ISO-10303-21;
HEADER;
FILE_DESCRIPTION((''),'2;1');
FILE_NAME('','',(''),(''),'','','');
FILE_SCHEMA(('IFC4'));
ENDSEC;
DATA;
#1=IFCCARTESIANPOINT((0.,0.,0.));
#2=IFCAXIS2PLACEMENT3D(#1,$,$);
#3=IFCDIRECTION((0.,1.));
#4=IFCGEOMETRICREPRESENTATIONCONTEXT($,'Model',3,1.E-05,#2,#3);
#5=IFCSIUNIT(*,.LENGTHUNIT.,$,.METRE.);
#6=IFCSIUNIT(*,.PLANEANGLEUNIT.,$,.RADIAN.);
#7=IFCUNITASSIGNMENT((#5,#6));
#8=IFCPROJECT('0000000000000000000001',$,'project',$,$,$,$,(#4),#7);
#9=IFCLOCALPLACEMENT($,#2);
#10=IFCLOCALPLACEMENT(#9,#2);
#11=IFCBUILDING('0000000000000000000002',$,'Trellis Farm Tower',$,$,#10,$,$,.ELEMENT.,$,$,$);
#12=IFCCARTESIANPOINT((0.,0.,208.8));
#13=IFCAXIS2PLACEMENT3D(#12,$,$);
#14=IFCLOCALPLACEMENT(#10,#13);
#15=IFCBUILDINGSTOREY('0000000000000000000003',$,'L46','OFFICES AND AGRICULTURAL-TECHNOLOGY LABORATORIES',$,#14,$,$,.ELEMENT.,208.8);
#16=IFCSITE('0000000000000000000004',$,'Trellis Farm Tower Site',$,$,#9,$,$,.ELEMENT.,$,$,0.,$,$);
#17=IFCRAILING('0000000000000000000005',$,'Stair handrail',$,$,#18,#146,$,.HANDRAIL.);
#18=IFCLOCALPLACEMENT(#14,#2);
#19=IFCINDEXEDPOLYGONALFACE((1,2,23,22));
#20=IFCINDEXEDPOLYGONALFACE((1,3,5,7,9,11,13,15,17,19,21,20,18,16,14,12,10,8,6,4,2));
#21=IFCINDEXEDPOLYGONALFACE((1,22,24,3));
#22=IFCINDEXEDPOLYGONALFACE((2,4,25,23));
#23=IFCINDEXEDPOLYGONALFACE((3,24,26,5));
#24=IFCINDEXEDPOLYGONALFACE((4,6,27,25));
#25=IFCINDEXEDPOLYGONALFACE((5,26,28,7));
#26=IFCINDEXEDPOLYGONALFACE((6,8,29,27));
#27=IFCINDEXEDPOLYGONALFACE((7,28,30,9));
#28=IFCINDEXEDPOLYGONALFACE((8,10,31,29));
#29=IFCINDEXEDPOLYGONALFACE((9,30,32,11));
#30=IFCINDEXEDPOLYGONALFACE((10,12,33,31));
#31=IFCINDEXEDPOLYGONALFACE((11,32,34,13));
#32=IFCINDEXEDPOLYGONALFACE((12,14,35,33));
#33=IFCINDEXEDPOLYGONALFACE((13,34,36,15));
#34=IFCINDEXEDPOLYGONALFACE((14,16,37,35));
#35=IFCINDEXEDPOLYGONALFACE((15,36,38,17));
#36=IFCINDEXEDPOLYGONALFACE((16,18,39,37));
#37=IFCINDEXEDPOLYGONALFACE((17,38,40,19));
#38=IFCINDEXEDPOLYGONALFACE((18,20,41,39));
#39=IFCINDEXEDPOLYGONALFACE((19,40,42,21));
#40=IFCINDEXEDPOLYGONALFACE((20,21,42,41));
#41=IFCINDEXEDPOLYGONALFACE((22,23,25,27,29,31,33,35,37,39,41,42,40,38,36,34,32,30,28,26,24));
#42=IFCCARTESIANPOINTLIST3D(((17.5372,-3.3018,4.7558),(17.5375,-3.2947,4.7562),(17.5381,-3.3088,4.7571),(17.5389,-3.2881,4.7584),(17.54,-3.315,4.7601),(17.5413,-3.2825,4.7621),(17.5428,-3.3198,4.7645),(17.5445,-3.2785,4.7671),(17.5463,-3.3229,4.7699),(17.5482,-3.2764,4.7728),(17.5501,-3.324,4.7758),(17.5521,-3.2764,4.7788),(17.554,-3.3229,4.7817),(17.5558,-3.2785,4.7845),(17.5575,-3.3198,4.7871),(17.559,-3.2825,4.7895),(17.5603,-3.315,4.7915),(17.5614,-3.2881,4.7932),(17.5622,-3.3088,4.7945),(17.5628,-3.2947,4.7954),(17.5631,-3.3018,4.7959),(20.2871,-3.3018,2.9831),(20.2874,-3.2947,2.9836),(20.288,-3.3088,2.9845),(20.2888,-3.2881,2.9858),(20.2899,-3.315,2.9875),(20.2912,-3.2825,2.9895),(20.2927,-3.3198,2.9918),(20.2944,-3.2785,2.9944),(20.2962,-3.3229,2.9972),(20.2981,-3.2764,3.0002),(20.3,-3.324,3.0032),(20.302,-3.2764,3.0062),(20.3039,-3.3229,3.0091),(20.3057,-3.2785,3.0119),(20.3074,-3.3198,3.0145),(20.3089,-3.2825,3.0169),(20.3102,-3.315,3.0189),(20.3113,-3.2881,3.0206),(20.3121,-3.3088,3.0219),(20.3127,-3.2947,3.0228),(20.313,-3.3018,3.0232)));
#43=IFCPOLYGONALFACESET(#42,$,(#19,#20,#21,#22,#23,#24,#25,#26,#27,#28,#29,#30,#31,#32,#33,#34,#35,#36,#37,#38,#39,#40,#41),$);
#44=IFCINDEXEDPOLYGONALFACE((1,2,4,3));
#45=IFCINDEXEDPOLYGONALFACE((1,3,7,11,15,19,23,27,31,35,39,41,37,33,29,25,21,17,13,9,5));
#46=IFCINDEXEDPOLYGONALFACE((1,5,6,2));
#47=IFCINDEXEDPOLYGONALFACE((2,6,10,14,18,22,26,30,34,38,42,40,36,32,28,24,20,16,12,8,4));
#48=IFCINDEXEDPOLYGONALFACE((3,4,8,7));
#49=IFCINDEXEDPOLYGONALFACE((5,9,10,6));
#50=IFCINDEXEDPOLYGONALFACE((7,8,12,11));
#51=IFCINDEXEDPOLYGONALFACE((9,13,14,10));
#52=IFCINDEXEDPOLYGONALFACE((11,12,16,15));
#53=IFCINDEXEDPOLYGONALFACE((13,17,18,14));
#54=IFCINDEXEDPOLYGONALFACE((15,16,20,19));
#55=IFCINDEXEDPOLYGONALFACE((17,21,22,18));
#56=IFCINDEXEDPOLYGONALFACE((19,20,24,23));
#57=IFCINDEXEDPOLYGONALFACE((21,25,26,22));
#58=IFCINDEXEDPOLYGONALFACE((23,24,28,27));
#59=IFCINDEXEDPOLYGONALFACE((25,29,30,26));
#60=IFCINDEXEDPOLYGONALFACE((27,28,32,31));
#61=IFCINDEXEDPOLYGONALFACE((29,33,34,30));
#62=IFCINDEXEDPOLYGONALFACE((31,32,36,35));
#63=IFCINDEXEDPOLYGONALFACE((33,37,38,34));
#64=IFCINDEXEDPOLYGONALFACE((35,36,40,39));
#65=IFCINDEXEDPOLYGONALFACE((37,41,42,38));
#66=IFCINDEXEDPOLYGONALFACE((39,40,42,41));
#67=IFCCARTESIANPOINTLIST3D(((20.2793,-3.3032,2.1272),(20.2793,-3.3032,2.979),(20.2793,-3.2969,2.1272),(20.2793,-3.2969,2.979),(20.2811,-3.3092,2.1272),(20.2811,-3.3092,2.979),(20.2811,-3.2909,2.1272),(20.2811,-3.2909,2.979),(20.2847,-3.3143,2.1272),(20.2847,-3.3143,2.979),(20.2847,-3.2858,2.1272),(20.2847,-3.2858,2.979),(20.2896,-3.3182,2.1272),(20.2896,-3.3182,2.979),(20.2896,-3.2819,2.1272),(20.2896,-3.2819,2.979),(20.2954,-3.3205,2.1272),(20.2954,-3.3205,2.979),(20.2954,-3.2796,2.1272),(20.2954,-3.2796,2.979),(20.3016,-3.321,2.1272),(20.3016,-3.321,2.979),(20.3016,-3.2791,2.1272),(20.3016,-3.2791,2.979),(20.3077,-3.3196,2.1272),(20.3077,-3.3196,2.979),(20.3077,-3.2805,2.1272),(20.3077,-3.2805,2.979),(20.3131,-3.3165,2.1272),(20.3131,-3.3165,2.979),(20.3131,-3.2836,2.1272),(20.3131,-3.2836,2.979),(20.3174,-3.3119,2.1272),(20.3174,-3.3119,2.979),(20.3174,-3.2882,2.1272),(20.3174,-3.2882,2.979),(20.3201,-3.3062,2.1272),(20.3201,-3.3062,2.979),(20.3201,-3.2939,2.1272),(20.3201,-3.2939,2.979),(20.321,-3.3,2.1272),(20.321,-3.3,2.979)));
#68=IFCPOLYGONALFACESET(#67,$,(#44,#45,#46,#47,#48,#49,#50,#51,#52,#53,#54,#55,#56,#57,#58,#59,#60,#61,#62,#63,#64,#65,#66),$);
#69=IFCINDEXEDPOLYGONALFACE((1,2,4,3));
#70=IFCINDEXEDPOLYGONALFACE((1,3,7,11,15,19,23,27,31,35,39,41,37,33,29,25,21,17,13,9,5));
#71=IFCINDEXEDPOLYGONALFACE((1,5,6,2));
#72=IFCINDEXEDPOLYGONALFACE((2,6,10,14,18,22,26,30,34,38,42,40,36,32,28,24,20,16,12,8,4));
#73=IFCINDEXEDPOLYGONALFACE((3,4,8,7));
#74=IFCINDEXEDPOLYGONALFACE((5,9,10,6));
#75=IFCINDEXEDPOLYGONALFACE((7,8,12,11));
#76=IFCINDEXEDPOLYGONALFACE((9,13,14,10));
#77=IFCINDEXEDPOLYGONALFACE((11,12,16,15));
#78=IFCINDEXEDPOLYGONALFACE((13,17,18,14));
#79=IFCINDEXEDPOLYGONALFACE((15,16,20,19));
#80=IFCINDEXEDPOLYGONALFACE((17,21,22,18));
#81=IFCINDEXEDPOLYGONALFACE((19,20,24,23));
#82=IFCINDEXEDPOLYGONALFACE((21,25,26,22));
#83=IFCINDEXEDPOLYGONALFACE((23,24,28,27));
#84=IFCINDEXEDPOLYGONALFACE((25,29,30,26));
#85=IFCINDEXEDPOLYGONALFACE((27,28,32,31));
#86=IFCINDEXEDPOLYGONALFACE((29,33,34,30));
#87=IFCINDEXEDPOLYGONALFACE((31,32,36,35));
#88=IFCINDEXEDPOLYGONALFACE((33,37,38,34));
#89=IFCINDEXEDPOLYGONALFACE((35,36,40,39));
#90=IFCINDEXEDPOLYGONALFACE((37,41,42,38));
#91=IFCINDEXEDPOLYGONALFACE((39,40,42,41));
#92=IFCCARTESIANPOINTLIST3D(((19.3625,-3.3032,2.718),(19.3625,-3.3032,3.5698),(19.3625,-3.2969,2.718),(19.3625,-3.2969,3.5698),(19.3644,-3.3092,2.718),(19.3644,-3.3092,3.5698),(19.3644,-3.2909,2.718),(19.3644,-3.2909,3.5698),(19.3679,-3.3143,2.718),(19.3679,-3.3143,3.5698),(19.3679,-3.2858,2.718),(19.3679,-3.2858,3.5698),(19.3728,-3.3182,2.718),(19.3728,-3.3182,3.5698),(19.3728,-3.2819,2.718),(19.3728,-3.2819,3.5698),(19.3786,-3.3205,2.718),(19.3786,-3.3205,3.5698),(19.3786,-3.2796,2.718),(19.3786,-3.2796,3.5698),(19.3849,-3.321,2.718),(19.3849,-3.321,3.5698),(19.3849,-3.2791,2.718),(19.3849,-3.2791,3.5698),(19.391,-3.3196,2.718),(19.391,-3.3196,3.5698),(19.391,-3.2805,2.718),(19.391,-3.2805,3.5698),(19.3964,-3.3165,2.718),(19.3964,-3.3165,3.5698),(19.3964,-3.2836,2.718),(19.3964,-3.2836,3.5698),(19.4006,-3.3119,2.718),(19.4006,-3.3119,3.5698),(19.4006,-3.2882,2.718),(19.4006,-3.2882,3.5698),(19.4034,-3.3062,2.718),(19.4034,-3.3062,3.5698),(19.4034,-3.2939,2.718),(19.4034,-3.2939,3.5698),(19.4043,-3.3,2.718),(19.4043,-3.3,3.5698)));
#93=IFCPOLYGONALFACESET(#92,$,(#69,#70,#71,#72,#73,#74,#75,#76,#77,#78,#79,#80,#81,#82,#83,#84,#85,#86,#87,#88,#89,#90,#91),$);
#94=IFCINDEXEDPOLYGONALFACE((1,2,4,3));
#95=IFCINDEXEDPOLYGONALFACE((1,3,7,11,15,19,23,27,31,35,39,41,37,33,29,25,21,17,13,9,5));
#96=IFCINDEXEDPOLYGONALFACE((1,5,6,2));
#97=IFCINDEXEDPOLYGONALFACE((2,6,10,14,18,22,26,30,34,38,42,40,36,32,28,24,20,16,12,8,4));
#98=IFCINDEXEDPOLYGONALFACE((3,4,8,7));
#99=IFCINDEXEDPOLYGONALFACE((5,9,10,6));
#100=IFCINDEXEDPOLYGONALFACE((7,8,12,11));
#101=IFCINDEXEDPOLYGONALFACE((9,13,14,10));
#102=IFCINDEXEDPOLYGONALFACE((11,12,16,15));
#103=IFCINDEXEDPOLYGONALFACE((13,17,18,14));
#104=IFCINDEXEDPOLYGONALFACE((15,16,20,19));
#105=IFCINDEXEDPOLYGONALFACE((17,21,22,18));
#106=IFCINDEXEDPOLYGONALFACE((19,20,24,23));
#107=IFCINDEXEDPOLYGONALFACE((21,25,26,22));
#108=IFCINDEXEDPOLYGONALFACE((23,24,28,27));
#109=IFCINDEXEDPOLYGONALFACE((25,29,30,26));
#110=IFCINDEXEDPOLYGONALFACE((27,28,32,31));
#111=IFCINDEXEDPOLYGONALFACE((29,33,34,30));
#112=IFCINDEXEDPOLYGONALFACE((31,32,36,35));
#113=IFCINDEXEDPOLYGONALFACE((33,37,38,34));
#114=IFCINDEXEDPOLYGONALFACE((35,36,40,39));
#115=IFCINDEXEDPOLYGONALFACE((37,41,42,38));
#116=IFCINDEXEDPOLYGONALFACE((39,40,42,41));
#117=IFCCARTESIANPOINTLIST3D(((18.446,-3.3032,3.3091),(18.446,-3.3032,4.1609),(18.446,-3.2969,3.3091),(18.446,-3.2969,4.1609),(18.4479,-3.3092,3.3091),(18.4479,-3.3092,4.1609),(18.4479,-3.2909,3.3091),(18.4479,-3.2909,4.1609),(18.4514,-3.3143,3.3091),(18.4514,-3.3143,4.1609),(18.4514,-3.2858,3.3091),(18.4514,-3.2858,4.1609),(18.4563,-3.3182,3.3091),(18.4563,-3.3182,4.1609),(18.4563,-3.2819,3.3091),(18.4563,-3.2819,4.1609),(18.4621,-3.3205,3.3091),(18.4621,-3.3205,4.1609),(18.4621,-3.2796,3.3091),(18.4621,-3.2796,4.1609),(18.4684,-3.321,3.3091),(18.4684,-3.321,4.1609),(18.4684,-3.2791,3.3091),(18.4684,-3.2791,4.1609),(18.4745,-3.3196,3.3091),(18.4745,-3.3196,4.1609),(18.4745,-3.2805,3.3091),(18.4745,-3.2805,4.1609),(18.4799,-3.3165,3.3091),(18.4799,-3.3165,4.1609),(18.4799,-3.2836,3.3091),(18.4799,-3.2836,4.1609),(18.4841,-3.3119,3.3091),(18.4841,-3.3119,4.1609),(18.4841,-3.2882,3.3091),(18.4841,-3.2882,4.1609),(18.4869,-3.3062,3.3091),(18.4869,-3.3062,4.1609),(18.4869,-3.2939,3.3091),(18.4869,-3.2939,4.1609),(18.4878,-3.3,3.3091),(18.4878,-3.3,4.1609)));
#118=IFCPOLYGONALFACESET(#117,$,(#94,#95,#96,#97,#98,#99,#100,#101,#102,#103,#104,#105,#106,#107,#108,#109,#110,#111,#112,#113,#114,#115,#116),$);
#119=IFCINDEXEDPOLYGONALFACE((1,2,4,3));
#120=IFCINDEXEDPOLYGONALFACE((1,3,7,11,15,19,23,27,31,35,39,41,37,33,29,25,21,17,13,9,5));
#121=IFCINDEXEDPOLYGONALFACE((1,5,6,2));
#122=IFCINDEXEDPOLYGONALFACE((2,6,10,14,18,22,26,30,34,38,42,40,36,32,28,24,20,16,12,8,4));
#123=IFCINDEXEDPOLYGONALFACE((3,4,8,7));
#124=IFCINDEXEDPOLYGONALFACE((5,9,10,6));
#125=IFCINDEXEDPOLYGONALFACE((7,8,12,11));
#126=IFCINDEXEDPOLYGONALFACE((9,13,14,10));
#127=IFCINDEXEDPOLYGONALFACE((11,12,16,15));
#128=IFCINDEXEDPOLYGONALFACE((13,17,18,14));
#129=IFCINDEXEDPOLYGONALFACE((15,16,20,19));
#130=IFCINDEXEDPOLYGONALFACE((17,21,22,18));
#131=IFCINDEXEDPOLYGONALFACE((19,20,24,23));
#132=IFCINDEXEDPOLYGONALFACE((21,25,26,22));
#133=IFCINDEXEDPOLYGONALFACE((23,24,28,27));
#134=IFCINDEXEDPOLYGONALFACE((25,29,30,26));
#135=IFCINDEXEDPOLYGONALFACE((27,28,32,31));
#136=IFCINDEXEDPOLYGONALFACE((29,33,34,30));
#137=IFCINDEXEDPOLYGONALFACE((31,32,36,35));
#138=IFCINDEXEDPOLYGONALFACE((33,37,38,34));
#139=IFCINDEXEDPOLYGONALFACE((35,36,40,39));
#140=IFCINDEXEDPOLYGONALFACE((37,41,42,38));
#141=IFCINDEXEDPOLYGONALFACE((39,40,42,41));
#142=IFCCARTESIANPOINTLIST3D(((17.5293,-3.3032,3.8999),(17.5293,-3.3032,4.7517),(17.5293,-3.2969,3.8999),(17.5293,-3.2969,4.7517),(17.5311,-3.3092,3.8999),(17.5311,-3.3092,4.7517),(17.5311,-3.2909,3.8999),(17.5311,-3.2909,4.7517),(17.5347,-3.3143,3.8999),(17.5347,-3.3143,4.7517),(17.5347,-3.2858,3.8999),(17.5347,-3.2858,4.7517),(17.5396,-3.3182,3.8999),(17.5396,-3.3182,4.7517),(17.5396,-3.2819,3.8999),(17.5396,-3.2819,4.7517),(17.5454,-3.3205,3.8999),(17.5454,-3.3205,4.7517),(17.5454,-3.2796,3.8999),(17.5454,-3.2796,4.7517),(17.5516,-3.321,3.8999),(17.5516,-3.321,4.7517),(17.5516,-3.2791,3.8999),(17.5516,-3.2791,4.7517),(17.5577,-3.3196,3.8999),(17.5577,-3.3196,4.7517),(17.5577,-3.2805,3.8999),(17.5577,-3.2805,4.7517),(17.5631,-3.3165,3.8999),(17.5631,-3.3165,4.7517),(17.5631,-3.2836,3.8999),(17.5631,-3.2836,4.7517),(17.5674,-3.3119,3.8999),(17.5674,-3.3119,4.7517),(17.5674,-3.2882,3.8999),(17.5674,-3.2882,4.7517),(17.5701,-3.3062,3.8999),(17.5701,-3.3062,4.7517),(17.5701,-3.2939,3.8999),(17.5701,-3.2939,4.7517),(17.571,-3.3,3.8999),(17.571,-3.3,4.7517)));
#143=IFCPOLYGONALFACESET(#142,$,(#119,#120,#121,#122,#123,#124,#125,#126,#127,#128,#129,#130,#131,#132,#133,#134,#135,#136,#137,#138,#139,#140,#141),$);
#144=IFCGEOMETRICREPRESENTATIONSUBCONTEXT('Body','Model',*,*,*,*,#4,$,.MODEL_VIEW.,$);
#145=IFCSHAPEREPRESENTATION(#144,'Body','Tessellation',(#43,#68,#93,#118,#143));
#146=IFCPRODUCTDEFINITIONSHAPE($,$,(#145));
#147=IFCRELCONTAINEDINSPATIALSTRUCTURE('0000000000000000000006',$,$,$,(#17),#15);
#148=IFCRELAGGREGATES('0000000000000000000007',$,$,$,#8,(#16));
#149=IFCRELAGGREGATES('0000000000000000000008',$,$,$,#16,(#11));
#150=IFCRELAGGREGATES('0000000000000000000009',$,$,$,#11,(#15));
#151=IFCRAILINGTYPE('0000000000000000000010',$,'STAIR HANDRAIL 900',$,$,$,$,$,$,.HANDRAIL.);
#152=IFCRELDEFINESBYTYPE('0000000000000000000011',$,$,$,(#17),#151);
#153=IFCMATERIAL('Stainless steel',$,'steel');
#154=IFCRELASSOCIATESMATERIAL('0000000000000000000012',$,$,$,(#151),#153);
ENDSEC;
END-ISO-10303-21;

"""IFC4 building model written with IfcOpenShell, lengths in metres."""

from ifc_helpers import new_model, si_unit, direction, frame, origin, origin_2d, place, context, subcontext, project, spatial, circle, extrude, source, transform, mapped, material, type_object, element, save


model = new_model("IFC4")

# Units and contexts
model_context = context("Model", 3, precision=1e-05, world=origin(), true_north=direction((0.0, 1.0)))
body_context = subcontext(model_context, "Body", "Model", "MODEL_VIEW")
ifc_project = project(units=[si_unit("LENGTHUNIT", "METRE"), si_unit("PLANEANGLEUNIT", "RADIAN")], contexts=[model_context])

# Site, building, storey
site_placement = place(None, origin())
site = spatial("IfcSite", under=ifc_project, at=site_placement, Name="Trellis Farm Tower Site", CompositionType="ELEMENT", RefElevation=0.0)
building_placement = place(site_placement, origin())
building = spatial("IfcBuilding", under=site, at=building_placement, Name="Trellis Farm Tower", CompositionType="ELEMENT")
storey_placement = place(building_placement, frame((0.0, 0.0, 208.8)))
storey = spatial("IfcBuildingStorey", under=building, at=storey_placement, Name="L46", Description="OFFICES AND AGRICULTURAL-TECHNOLOGY LABORATORIES", CompositionType="ELEMENT", Elevation=208.8)

# Railing
ifc_material_1 = material(Name="Stainless steel", Category="steel")
railing_type = type_object("IfcRailingType", Name="STAIR HANDRAIL 900", PredefinedType="HANDRAIL", material=ifc_material_1)
shared_shape_1 = source(origin(), body_context, "Body", "SweptSolid", [
    extrude(circle(Radius=0.0239, at=origin_2d()), frame((0.0, 0.0, 0.876), z_axis=(-0.840504, 0.0, 0.541806), x_axis=(0.0, -1.0, 0.0)), (0.0, 0.0, 1.0), 3.2717),
    extrude(circle(Radius=0.021, at=origin_2d()), origin(), (0.0, 0.0, 1.0), 0.8518),
    extrude(circle(Radius=0.021, at=origin_2d()), frame((-0.9167, 0.0, 0.5908)), (0.0, 0.0, 1.0), 0.8518),
    extrude(circle(Radius=0.021, at=origin_2d()), frame((-1.8333, 0.0, 1.1819)), (0.0, 0.0, 1.0), 0.8518),
    extrude(circle(Radius=0.021, at=origin_2d()), frame((-2.75, 0.0, 1.7727)), (0.0, 0.0, 1.0), 0.8518),
])
for number, where, name in (
    (1, (20.3, -3.3, 2.1272), "Stair handrail"),
):
    element("IfcRailing", number, at=place(storey_placement, frame(where)), inside=storey, type_object=railing_type, Name=name, PredefinedType="HANDRAIL", context=body_context, shape_type="MappedRepresentation", body=[
        mapped(shared_shape_1, transform((0.0, 0.0, 0.0))),
    ])

save(model, "model.ifc")
